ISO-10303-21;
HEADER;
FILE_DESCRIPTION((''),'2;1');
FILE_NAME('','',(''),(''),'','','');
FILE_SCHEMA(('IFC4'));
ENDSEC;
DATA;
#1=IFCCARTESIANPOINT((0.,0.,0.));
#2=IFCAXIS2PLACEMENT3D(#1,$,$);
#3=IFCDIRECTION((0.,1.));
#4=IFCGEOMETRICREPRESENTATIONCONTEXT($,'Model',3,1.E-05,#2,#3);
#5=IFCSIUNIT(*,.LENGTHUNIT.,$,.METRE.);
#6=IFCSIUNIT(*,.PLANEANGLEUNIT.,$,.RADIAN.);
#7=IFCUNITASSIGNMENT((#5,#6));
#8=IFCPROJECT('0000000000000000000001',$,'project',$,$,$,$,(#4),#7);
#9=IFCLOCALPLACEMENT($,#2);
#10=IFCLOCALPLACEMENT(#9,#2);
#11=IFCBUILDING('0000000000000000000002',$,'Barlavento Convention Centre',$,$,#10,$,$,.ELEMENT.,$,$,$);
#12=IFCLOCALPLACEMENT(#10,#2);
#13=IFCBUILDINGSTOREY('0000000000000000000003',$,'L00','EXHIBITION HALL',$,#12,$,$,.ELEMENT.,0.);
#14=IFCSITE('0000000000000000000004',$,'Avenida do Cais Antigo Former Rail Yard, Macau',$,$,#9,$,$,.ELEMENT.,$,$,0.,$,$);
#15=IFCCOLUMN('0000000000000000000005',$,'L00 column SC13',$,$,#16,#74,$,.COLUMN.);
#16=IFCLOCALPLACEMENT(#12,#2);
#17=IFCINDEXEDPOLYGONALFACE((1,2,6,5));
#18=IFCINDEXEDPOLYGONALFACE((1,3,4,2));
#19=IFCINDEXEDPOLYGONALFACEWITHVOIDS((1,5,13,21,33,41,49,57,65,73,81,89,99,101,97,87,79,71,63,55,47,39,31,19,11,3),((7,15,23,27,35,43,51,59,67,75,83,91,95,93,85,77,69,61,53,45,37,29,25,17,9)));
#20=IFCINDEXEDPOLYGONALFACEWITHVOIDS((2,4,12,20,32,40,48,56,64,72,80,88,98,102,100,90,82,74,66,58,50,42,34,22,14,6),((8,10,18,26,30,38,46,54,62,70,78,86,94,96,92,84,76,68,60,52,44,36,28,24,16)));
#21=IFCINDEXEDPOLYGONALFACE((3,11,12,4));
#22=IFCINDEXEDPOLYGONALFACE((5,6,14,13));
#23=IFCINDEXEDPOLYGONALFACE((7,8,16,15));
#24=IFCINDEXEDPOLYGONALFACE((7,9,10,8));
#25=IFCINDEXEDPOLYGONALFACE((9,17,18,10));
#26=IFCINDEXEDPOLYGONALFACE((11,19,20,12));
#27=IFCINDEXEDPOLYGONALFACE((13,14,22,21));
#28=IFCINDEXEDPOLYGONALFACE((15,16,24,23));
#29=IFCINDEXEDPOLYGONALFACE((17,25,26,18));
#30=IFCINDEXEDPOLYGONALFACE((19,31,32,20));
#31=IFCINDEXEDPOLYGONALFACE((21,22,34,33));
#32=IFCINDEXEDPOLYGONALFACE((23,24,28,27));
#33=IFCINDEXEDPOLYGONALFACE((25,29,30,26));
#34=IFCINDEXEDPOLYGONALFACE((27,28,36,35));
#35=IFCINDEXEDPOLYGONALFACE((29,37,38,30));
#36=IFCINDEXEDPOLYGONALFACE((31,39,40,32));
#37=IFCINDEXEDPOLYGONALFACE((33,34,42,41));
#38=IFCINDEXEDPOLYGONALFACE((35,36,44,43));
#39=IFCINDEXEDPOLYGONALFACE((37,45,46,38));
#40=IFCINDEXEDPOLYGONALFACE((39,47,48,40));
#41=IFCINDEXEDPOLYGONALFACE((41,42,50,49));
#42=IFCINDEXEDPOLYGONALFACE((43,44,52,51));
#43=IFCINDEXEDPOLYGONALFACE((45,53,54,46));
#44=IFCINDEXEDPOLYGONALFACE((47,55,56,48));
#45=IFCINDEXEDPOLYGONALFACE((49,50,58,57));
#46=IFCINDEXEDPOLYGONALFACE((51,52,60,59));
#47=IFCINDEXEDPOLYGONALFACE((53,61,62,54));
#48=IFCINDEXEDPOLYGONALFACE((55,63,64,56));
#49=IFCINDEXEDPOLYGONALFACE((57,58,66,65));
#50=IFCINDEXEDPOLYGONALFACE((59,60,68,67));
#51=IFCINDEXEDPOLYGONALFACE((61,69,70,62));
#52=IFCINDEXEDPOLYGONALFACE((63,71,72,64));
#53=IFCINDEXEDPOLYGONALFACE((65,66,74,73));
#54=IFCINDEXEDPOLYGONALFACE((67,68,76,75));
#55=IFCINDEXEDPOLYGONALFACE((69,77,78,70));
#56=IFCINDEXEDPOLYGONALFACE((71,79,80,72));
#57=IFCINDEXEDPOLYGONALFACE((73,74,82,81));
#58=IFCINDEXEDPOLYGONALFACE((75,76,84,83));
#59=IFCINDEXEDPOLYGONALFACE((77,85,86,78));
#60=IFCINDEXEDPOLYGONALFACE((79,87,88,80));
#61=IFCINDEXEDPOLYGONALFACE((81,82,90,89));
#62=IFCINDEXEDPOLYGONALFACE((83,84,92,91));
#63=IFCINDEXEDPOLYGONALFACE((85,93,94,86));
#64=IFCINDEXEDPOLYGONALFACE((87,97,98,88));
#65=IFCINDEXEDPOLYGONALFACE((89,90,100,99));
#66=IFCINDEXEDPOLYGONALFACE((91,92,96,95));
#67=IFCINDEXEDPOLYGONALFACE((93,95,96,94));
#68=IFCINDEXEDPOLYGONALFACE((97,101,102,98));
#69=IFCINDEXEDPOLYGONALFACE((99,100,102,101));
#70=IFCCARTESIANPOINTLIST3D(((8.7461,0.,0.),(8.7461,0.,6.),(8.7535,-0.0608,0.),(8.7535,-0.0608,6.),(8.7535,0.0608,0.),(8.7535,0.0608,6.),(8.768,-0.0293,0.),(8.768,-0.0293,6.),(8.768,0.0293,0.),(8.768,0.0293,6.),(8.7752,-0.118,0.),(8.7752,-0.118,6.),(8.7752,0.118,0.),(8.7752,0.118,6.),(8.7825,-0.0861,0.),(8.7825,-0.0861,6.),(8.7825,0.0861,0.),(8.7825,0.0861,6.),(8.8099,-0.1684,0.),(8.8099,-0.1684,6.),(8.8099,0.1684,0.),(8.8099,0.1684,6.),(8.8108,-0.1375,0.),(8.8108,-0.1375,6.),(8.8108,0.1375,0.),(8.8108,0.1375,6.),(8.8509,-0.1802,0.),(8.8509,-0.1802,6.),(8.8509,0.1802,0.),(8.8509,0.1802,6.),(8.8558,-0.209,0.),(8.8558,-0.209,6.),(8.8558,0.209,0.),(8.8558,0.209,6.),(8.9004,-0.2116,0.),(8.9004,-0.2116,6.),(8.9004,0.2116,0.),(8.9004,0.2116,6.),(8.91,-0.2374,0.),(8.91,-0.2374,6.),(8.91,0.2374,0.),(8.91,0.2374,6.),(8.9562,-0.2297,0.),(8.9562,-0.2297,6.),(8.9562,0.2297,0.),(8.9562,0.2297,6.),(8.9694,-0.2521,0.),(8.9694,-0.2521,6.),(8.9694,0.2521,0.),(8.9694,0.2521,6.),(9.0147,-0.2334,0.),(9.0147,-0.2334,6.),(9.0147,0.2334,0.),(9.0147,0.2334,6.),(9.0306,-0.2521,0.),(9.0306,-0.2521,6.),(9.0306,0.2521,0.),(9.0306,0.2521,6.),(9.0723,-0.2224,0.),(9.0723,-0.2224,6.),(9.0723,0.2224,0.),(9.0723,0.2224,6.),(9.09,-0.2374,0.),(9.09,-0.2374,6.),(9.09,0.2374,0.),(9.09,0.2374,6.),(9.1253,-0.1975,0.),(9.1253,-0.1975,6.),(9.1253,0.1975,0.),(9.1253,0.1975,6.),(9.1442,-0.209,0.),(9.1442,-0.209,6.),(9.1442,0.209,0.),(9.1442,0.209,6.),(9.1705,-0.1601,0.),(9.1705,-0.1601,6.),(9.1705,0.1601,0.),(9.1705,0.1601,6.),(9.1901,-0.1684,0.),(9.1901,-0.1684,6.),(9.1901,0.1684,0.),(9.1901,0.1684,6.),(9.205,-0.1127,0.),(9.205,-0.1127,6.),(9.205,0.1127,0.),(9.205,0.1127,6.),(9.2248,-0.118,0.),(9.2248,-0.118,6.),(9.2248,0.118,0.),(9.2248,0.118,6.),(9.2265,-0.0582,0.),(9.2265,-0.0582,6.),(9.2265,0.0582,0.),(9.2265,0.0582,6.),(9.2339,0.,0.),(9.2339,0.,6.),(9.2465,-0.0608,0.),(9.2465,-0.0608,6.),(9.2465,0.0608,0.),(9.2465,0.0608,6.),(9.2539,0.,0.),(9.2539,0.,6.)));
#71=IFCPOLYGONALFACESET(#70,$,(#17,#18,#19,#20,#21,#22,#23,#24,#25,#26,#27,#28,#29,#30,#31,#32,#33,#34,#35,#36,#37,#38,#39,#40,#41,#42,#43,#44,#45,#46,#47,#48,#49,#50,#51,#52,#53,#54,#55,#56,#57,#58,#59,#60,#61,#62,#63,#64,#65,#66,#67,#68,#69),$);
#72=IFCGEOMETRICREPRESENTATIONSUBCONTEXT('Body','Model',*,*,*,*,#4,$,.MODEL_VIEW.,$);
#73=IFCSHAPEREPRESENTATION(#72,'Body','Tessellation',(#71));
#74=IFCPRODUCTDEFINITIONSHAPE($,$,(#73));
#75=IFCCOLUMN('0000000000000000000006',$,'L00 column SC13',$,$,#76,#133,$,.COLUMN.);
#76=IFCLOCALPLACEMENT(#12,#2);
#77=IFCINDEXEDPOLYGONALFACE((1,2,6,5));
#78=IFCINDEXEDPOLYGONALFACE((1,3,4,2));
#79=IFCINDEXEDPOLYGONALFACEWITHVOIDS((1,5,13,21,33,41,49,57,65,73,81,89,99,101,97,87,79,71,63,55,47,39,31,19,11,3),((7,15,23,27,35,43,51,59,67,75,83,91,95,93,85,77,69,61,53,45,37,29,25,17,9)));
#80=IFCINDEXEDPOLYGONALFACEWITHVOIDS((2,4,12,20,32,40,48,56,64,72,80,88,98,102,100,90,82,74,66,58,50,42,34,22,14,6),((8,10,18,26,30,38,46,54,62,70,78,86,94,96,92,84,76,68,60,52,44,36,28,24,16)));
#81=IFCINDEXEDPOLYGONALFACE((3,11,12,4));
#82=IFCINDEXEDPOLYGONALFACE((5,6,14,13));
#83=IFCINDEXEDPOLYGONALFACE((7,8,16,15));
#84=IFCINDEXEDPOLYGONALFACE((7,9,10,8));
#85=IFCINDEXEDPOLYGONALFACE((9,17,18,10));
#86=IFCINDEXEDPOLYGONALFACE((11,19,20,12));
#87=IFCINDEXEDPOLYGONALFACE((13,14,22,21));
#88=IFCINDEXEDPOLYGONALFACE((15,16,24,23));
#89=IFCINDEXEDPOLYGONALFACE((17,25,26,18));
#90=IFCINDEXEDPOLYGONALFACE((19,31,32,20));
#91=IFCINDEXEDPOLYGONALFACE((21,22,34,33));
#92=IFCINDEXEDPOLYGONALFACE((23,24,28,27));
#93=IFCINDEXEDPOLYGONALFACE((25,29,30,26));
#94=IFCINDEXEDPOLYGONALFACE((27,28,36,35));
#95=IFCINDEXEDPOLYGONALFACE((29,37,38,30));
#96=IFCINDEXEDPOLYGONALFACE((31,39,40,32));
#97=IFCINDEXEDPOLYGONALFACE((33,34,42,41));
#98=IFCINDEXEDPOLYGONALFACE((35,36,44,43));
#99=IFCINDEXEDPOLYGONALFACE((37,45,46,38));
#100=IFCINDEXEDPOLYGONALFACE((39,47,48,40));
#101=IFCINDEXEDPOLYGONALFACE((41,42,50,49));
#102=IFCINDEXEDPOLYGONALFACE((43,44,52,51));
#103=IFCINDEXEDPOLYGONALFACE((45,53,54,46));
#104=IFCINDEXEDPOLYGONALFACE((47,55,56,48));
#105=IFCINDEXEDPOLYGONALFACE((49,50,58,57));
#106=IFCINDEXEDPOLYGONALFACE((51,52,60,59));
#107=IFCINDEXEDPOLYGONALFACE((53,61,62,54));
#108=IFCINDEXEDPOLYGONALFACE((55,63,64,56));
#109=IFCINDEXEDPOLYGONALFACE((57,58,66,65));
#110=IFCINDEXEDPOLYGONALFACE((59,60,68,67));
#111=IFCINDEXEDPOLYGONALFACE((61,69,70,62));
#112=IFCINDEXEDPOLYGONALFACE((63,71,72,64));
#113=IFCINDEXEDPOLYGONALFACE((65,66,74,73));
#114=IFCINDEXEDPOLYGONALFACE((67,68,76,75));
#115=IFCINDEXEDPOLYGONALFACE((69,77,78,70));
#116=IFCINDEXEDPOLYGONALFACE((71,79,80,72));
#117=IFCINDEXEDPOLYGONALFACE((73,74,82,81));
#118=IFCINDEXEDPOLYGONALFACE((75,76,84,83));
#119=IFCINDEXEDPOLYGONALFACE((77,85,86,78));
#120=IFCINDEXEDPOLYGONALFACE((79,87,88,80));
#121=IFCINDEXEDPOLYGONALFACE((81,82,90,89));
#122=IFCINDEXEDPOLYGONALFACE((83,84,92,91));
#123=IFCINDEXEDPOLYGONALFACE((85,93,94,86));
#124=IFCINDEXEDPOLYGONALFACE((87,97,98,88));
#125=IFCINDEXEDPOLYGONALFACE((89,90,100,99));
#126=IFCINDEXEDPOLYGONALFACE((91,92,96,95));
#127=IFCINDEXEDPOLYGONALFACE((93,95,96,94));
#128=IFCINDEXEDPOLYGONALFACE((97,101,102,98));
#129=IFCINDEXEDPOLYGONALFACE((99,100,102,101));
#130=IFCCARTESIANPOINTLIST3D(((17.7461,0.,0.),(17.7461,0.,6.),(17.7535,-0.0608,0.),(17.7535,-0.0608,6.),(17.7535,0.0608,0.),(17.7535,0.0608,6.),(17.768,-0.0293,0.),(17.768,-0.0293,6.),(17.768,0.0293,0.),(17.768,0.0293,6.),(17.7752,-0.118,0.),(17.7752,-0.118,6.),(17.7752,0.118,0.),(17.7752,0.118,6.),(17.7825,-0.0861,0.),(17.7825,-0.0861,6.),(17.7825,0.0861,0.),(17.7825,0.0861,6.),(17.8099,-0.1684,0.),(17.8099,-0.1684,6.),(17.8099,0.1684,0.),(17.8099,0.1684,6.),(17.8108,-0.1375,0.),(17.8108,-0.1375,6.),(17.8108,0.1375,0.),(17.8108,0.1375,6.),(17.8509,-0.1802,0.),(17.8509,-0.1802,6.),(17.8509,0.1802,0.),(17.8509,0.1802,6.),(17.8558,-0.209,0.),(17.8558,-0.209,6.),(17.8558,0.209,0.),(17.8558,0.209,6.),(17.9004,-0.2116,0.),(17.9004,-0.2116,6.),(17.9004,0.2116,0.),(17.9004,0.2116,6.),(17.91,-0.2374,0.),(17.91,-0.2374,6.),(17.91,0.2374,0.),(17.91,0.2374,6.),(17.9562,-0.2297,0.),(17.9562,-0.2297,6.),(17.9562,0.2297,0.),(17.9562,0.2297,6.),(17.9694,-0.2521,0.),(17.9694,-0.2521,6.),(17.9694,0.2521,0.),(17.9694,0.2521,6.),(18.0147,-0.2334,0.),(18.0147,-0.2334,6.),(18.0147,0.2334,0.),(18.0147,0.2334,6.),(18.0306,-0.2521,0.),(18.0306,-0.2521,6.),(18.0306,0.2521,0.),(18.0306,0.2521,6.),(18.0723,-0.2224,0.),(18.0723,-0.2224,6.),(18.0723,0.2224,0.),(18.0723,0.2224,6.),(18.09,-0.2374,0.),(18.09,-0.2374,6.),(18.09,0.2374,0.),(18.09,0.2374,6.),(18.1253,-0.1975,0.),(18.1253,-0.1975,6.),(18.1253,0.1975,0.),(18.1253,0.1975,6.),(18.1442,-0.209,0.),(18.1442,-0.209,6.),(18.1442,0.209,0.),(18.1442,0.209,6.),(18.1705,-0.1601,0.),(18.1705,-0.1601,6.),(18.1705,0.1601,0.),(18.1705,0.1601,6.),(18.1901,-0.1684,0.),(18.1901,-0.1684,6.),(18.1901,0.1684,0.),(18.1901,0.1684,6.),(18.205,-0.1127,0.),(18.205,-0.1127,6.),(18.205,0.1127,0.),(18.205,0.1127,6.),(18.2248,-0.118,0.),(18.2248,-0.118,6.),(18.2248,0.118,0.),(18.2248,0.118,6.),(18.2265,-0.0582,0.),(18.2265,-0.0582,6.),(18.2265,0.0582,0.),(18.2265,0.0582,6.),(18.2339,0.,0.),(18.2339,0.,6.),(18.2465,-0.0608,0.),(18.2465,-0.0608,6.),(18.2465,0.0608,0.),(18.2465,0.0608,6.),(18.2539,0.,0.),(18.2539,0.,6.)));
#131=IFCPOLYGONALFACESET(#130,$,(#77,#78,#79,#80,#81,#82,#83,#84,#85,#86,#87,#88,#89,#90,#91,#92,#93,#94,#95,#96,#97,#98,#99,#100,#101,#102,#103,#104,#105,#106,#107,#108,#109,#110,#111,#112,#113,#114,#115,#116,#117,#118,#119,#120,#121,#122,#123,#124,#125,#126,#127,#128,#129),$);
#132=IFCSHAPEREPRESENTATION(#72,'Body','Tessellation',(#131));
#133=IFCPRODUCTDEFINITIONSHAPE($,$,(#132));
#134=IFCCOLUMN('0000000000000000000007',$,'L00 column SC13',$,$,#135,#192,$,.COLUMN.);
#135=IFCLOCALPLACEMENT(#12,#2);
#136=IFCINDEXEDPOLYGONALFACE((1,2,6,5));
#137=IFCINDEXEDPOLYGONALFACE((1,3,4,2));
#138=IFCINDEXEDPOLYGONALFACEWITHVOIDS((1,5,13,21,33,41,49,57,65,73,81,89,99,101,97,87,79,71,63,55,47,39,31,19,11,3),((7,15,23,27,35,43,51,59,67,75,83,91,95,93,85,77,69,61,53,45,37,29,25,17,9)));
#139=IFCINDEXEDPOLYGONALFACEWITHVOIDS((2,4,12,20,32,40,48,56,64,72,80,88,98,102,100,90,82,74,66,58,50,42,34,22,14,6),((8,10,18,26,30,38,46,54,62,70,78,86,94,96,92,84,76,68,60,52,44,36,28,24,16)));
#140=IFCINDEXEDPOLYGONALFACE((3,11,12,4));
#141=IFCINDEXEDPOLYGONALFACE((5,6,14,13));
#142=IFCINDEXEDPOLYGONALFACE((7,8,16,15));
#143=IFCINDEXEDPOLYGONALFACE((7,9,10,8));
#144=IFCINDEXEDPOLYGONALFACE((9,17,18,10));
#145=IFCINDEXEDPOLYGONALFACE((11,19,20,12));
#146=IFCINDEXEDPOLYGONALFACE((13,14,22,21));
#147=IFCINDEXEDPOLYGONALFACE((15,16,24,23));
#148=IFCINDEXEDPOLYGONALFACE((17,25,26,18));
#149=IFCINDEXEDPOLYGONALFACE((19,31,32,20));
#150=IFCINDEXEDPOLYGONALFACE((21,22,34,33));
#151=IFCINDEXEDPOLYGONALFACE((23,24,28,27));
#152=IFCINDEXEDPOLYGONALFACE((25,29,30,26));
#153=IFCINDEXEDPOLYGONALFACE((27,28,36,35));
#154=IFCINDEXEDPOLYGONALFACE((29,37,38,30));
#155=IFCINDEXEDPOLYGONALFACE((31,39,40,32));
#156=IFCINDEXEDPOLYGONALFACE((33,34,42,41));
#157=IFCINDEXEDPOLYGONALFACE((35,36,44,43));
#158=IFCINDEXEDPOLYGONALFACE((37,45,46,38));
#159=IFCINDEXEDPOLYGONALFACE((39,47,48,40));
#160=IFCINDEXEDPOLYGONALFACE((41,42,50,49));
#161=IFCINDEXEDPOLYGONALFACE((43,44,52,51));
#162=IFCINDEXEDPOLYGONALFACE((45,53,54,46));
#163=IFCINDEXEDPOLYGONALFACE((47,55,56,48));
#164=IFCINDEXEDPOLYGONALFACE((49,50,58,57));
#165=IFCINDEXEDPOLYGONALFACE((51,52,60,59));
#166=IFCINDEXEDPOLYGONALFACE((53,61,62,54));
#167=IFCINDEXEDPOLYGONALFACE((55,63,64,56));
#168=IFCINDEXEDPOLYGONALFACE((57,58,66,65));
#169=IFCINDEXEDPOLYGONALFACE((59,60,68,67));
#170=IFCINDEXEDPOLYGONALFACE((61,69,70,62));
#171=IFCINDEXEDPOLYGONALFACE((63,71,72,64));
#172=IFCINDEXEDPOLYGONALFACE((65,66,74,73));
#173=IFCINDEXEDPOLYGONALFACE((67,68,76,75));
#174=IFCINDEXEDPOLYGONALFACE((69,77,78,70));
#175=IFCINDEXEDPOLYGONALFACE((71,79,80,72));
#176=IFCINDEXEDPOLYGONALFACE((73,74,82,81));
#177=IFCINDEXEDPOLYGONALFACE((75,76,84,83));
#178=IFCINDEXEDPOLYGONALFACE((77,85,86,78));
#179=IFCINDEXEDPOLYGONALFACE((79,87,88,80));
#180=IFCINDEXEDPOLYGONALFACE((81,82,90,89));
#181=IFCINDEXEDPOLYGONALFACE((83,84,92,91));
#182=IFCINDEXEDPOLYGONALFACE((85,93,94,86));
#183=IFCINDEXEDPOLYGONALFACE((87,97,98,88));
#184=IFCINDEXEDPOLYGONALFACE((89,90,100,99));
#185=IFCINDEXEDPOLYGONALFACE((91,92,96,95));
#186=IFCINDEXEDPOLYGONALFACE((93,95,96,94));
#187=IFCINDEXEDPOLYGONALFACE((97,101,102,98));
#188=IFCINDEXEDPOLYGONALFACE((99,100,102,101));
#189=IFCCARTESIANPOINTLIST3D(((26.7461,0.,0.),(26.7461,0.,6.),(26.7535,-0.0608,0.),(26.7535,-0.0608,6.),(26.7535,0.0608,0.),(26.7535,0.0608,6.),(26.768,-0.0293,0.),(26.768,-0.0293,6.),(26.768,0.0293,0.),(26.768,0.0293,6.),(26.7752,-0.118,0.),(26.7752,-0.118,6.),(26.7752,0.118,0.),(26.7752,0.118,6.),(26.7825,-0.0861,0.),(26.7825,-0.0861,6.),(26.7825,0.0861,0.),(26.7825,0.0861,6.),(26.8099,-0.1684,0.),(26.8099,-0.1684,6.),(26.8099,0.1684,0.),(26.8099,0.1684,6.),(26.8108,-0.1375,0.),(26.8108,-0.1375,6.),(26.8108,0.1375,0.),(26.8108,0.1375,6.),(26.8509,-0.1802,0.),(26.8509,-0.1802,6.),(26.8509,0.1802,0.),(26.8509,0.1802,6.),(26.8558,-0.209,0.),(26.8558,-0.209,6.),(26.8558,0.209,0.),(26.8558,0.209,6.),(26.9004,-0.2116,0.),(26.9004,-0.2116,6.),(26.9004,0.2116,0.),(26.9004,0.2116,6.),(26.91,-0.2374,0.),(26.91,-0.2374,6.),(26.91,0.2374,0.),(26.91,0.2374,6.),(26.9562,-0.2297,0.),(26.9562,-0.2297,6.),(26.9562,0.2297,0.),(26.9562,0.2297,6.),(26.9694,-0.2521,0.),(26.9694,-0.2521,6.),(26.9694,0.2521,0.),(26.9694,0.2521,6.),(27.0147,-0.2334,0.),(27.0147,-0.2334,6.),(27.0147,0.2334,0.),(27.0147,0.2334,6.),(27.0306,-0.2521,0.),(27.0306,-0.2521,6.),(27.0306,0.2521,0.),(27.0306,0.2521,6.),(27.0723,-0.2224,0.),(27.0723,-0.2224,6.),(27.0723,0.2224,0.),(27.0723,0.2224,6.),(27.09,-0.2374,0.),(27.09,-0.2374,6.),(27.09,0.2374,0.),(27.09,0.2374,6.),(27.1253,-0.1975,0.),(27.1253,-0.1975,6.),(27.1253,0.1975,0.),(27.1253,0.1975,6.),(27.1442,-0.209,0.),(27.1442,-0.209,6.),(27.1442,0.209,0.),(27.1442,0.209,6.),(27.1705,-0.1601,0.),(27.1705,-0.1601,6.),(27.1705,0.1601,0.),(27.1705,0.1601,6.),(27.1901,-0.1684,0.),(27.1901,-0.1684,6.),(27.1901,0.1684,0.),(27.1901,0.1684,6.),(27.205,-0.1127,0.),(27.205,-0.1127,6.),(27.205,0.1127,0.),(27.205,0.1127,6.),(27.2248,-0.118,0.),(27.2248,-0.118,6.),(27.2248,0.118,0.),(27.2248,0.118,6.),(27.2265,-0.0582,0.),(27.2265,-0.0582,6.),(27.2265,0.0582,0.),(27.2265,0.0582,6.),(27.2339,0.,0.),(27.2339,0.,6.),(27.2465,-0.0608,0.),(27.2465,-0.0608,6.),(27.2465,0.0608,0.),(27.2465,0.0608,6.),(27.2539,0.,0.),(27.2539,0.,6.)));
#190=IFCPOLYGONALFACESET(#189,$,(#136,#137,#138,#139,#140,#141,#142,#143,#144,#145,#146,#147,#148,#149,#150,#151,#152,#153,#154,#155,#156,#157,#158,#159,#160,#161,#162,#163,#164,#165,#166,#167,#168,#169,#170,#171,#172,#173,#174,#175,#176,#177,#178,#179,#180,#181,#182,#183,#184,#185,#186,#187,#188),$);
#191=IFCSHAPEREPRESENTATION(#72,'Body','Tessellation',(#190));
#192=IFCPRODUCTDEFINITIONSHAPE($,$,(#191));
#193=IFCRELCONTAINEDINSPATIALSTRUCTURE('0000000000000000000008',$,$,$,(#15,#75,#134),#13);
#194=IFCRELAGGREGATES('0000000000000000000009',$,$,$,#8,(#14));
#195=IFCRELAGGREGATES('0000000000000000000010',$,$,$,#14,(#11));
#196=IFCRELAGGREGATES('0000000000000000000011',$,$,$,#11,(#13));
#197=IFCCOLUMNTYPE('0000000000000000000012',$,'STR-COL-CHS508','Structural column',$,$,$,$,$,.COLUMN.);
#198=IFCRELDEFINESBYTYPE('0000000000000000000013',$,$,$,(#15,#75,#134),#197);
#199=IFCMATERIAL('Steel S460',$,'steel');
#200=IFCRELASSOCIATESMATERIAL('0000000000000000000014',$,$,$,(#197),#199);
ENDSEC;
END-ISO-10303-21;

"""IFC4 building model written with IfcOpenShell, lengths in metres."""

from ifc_helpers import new_model, si_unit, direction, frame, origin, origin_2d, place, context, subcontext, project, spatial, hollow_circle, extrude, material, material_profile, profile_set, type_object, element, save


model = new_model("IFC4")

# Units and contexts
model_context = context("Model", 3, precision=1e-05, world=origin(), true_north=direction((0.0, 1.0)))
body_context = subcontext(model_context, "Body", "Model", "MODEL_VIEW")
ifc_project = project(units=[si_unit("LENGTHUNIT", "METRE"), si_unit("PLANEANGLEUNIT", "RADIAN")], contexts=[model_context])

# Site, building, storey
site_placement = place(None, origin())
site = spatial("IfcSite", under=ifc_project, at=site_placement, Name="Avenida do Cais Antigo Former Rail Yard, Macau", CompositionType="ELEMENT", RefElevation=0.0)
building_placement = place(site_placement, origin())
building = spatial("IfcBuilding", under=site, at=building_placement, Name="Barlavento Convention Centre", CompositionType="ELEMENT")
storey_placement = place(building_placement, origin())
storey = spatial("IfcBuildingStorey", under=building, at=storey_placement, Name="L00", Description="EXHIBITION HALL", CompositionType="ELEMENT", Elevation=0.0)

# Columns
ifc_material_1 = material(Name="Steel S460", Category="steel")
ifc_material_profile_1 = material_profile(ifc_material_1, hollow_circle(Radius=0.2539, WallThickness=0.02, at=origin_2d()), Name="CHS 508.0x20.0")
ifc_profile_set_1 = profile_set([ifc_material_profile_1], Name="Steel S460")
column_type = type_object("IfcColumnType", Name="STR-COL-CHS508", Description="Structural column", PredefinedType="COLUMN", material=ifc_profile_set_1)
for number, where, z_axis, x_axis, name in (
    (1, (9.0, 0.0, 0.0), (0.0, 0.0, 1.0), (1.0, 0.0, 0.0), "L00 column SC13"),
    (2, (18.0, 0.0, 0.0), (0.0, 0.0, 1.0), (1.0, 0.0, 0.0), "L00 column SC13"),
    (3, (27.0, 0.0, 0.0), (0.0, 0.0, 1.0), (1.0, 0.0, 0.0), "L00 column SC13"),
):
    element("IfcColumn", number, at=place(storey_placement, frame(where, z_axis=z_axis, x_axis=x_axis)), inside=storey, type_object=column_type, Name=name, PredefinedType="COLUMN", context=body_context, shape_type="SweptSolid", body=[
        extrude(hollow_circle(Radius=0.2539, WallThickness=0.02, at=origin_2d()), origin(), (0.0, 0.0, 1.0), 6.0),
    ])

save(model, "model.ifc")
